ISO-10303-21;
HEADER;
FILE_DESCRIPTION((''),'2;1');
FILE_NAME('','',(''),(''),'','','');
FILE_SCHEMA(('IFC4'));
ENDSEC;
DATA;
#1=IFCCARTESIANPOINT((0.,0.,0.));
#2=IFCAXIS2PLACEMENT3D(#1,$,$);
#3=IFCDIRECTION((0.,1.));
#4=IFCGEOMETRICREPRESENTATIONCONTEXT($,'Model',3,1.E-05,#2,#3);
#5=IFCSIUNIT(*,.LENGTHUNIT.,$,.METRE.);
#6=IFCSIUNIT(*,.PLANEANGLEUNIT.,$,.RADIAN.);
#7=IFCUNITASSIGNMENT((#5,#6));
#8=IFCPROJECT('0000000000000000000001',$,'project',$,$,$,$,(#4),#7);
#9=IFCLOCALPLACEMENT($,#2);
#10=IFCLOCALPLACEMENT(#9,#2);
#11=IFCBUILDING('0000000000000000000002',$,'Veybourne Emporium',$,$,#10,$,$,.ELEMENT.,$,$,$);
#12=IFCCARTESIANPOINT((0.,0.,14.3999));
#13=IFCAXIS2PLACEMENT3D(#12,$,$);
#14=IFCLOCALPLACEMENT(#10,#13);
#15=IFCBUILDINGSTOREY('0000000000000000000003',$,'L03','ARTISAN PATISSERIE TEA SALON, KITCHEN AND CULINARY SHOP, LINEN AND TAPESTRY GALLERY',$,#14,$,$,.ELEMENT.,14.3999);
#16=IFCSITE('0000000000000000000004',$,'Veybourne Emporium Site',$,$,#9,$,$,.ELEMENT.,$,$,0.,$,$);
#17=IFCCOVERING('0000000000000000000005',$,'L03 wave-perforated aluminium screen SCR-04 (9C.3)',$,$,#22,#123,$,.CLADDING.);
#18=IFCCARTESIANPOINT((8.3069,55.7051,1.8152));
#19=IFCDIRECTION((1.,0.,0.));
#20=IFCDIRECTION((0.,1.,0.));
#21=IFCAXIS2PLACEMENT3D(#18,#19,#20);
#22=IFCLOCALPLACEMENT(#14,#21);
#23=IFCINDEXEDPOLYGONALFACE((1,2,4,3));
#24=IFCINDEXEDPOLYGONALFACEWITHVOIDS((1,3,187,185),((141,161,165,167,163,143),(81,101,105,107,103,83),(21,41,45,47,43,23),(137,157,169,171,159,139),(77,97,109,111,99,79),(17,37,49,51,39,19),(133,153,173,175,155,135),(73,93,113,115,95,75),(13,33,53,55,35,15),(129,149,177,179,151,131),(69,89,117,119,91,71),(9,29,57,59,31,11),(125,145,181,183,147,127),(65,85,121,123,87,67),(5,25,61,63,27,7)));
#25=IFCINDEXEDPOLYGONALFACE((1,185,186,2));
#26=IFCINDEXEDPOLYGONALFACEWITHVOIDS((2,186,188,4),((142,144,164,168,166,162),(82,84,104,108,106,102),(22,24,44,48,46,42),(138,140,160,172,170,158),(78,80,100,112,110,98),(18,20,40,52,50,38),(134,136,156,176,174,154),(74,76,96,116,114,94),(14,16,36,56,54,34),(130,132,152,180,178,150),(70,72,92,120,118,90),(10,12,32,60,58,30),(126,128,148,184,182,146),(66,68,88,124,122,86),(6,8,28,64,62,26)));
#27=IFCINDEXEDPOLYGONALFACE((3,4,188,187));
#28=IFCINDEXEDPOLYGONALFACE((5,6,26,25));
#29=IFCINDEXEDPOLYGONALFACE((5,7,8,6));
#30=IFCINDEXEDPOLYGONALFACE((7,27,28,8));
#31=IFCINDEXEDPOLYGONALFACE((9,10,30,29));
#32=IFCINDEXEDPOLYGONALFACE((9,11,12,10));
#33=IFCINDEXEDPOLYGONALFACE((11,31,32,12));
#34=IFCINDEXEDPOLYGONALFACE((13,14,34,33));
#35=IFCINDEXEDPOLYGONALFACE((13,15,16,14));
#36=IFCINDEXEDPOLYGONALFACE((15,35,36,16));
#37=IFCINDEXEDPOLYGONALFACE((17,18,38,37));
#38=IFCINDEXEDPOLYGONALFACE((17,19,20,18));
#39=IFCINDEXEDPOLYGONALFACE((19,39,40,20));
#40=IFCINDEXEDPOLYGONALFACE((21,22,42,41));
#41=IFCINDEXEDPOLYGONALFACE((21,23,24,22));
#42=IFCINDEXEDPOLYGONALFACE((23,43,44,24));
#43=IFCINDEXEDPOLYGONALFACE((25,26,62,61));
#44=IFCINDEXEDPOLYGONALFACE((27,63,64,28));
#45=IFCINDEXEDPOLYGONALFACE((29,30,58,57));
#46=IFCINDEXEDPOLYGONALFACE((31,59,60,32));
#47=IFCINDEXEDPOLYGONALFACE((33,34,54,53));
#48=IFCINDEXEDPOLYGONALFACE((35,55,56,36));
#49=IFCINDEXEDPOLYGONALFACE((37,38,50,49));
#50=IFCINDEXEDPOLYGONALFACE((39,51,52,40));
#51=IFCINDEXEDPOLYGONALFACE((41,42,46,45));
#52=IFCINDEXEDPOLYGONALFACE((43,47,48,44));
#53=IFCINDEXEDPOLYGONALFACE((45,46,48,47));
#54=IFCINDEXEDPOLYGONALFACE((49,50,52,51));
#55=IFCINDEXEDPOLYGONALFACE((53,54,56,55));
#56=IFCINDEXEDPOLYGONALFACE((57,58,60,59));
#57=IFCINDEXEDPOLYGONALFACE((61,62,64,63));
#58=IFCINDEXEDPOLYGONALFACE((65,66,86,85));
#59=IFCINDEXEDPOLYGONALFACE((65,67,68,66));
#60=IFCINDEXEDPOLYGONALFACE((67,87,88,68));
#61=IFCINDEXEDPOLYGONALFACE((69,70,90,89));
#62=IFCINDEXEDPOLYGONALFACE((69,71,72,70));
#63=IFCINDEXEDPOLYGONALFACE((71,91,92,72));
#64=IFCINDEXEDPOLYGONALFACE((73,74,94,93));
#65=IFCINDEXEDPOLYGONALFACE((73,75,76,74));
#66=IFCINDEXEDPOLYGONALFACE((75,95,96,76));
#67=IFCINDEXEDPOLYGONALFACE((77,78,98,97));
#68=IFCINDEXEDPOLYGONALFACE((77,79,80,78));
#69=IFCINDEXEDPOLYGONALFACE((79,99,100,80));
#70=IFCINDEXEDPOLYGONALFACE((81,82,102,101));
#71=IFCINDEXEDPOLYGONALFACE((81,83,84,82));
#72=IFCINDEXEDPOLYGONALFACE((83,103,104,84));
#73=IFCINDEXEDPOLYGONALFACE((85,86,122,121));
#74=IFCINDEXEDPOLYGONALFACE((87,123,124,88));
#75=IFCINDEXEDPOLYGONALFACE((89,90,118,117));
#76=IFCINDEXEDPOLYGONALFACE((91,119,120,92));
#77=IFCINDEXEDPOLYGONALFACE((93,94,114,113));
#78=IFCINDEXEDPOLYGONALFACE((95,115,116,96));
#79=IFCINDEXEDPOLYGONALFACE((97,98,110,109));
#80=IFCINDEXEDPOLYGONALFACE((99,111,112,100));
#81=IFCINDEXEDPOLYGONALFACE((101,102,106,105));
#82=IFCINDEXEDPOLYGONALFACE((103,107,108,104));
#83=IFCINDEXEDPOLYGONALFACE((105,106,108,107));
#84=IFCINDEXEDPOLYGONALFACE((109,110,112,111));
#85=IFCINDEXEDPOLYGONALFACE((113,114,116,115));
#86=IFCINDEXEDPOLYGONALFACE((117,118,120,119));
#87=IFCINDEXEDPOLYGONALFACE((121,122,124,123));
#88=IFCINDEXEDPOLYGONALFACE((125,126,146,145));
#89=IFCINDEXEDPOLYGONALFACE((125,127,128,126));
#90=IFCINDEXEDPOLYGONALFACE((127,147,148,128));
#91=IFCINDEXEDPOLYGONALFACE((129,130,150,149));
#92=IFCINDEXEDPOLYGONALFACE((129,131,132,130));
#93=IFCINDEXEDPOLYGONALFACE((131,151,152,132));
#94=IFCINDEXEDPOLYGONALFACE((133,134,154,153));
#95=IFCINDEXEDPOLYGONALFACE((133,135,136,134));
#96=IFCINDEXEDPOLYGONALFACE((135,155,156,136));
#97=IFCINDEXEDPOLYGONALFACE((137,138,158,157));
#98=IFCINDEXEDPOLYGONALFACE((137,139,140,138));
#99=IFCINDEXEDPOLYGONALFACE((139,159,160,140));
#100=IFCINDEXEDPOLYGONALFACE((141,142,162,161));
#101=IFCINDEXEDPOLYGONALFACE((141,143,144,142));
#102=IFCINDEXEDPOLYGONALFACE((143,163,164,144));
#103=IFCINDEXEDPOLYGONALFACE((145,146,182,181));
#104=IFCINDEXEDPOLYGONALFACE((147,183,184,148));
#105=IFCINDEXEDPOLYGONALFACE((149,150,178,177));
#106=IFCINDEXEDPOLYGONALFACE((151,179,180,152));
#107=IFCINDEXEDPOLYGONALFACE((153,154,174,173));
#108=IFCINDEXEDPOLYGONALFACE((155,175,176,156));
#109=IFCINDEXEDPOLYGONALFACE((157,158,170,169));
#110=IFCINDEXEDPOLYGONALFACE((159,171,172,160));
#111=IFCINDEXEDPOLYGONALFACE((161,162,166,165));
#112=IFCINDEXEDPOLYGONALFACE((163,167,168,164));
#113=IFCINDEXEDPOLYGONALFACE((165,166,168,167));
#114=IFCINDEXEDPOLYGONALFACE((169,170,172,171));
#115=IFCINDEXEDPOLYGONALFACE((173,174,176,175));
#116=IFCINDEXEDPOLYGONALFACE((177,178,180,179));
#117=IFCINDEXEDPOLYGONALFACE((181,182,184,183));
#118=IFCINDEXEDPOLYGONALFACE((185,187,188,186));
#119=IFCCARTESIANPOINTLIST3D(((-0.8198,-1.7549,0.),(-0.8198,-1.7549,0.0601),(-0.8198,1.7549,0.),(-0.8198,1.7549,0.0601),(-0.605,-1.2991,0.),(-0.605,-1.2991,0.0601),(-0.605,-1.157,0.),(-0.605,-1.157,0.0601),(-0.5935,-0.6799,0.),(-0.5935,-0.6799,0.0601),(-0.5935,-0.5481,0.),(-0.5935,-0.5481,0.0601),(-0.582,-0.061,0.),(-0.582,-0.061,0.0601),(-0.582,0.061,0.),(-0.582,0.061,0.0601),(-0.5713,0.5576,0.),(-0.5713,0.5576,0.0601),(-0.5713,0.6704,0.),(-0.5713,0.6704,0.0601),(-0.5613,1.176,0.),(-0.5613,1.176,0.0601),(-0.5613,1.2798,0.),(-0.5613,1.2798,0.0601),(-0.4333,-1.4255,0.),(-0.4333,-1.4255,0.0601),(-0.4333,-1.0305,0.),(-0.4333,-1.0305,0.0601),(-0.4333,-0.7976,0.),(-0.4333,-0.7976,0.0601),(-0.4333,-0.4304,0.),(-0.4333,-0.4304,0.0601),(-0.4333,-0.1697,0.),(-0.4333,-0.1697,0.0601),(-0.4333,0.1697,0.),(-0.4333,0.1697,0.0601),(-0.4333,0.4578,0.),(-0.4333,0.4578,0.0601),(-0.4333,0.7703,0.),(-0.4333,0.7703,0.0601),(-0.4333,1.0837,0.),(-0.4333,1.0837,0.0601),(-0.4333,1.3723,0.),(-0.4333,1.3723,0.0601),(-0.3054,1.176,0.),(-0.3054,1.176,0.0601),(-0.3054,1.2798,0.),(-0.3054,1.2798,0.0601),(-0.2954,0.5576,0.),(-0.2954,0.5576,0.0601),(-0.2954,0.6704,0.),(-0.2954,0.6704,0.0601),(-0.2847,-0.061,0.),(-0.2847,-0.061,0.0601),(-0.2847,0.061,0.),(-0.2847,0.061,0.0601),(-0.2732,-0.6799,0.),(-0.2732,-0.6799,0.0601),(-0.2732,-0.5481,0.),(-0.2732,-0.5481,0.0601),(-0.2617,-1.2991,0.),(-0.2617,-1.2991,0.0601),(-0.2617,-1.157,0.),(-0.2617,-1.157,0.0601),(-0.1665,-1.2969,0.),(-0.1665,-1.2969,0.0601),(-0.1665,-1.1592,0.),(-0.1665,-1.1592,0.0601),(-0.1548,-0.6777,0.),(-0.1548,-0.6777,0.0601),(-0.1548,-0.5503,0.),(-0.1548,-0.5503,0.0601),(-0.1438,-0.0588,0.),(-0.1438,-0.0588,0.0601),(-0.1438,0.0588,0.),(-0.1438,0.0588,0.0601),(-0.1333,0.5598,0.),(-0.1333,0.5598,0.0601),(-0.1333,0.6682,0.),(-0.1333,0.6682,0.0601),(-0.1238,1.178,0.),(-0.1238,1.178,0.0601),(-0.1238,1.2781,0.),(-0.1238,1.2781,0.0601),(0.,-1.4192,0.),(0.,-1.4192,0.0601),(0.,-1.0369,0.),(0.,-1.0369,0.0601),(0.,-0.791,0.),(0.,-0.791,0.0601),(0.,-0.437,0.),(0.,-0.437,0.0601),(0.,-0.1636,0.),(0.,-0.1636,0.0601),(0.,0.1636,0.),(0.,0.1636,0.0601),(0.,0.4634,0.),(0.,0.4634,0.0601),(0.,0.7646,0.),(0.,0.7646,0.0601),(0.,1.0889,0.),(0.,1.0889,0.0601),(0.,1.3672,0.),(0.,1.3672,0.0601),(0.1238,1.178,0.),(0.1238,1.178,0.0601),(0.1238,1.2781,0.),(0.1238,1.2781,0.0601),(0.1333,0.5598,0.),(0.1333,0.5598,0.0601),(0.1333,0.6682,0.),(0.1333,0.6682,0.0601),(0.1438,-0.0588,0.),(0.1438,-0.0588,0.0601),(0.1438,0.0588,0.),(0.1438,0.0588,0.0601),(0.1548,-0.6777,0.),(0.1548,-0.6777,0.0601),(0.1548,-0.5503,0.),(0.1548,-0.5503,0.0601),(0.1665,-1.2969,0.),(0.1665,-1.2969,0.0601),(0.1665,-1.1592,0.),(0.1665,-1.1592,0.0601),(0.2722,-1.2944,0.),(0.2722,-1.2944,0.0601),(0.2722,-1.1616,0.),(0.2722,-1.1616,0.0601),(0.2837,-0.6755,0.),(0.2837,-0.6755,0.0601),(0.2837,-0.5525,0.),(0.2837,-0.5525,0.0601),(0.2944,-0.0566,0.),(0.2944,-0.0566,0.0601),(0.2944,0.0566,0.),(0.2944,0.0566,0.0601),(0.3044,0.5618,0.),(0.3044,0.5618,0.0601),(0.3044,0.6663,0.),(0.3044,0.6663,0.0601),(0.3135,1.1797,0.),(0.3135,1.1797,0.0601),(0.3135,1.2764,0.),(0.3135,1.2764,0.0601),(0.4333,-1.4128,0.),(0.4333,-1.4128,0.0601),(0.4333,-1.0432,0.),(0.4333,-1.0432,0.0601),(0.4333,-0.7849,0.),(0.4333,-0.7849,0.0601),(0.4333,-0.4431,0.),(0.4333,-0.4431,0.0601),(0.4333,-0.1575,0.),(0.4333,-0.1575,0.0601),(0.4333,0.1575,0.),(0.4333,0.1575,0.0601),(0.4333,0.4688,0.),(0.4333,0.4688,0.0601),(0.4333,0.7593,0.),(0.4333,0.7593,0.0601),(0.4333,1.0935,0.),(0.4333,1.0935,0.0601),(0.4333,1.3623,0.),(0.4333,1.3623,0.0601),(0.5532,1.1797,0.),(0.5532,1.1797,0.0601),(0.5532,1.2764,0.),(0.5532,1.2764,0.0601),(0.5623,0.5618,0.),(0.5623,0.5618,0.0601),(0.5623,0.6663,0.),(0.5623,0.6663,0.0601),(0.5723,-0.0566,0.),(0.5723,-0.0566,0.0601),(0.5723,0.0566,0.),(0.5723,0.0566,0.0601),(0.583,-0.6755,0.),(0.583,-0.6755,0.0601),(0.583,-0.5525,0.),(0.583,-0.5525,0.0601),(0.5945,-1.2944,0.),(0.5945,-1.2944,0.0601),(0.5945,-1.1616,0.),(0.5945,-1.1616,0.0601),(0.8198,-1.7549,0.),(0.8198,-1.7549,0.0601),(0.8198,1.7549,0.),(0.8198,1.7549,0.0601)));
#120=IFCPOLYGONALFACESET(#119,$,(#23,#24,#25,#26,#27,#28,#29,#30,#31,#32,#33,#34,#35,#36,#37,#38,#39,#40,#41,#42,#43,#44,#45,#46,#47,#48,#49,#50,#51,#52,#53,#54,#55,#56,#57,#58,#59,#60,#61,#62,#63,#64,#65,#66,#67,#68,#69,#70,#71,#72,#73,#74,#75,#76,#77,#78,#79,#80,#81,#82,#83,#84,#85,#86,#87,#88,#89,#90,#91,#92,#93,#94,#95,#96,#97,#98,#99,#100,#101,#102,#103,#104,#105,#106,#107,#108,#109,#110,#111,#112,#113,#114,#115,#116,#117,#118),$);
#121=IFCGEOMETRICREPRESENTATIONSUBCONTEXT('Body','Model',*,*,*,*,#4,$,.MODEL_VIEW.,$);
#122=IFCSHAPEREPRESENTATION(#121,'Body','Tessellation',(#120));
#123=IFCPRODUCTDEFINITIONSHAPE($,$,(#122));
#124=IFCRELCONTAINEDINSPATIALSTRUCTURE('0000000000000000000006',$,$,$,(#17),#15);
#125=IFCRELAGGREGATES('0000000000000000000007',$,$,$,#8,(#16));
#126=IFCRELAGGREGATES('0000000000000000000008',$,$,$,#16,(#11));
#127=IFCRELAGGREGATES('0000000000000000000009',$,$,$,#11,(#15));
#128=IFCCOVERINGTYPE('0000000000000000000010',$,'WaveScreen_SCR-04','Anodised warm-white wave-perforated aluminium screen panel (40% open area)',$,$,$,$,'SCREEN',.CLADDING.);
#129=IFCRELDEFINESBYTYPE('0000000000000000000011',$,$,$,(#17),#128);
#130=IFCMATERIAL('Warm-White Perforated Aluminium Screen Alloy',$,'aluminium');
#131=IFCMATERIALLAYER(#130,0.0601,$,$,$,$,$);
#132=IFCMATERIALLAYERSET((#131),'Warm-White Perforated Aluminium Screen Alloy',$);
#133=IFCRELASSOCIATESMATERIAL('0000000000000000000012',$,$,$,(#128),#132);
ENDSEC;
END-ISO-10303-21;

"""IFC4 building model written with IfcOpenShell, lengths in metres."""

from ifc_helpers import new_model, si_unit, direction, frame, origin, place, context, subcontext, project, spatial, polyline, outline, extrude, material, layer, layer_set, type_object, element, save


model = new_model("IFC4")

# Units and contexts
model_context = context("Model", 3, precision=1e-05, world=origin(), true_north=direction((0.0, 1.0)))
body_context = subcontext(model_context, "Body", "Model", "MODEL_VIEW")
ifc_project = project(units=[si_unit("LENGTHUNIT", "METRE"), si_unit("PLANEANGLEUNIT", "RADIAN")], contexts=[model_context])

# Site, building, storey
site_placement = place(None, origin())
site = spatial("IfcSite", under=ifc_project, at=site_placement, Name="Veybourne Emporium Site", CompositionType="ELEMENT", RefElevation=0.0)
building_placement = place(site_placement, origin())
building = spatial("IfcBuilding", under=site, at=building_placement, Name="Veybourne Emporium", CompositionType="ELEMENT")
storey_placement = place(building_placement, frame((0.0, 0.0, 14.3999)))
storey = spatial("IfcBuildingStorey", under=building, at=storey_placement, Name="L03", Description="ARTISAN PATISSERIE TEA SALON, KITCHEN AND CULINARY SHOP, LINEN AND TAPESTRY GALLERY", CompositionType="ELEMENT", Elevation=14.3999)

# Covering
ifc_material_1 = material(Name="Warm-White Perforated Aluminium Screen Alloy", Category="aluminium")
ifc_layer_1 = layer(ifc_material_1, 0.0601)
ifc_layer_set_1 = layer_set([ifc_layer_1], Name="Warm-White Perforated Aluminium Screen Alloy")
covering_type_1 = type_object("IfcCoveringType", Name="WaveScreen_SCR-04", Description="Anodised warm-white wave-perforated aluminium screen panel (40% open area)", ElementType="SCREEN", PredefinedType="CLADDING", material=ifc_layer_set_1)
covering_1_placement = place(storey_placement, frame((8.3069, 55.7051, 1.8152), z_axis=(1.0, 0.0, 0.0), x_axis=(0.0, 1.0, 0.0)))
element("IfcCovering", 1, at=covering_1_placement, inside=storey, type_object=covering_type_1, Name="L03 wave-perforated aluminium screen SCR-04 (9C.3)", PredefinedType="CLADDING", context=body_context, shape_type="SweptSolid", body=[
    extrude(outline(polyline([(-0.8198, -1.7549), (0.8198, -1.7549), (0.8198, 1.7549), (-0.8198, 1.7549), (-0.8198, -1.7549)]), holes=[polyline([(-0.4333, -1.0305), (-0.2617, -1.157), (-0.2617, -1.2991), (-0.4333, -1.4255), (-0.605, -1.2991), (-0.605, -1.157), (-0.4333, -1.0305)]), polyline([(-0.4333, -0.4304), (-0.2732, -0.5481), (-0.2732, -0.6799), (-0.4333, -0.7976), (-0.5935, -0.6799), (-0.5935, -0.5481), (-0.4333, -0.4304)]), polyline([(-0.4333, 0.1697), (-0.2847, 0.061), (-0.2847, -0.061), (-0.4333, -0.1697), (-0.582, -0.061), (-0.582, 0.061), (-0.4333, 0.1697)]), polyline([(-0.4333, 0.7703), (-0.2954, 0.6704), (-0.2954, 0.5576), (-0.4333, 0.4578), (-0.5713, 0.5576), (-0.5713, 0.6704), (-0.4333, 0.7703)]), polyline([(-0.4333, 1.3723), (-0.3054, 1.2798), (-0.3054, 1.176), (-0.4333, 1.0837), (-0.5613, 1.176), (-0.5613, 1.2798), (-0.4333, 1.3723)]), polyline([(0.0, -1.0369), (0.1665, -1.1592), (0.1665, -1.2969), (0.0, -1.4192), (-0.1665, -1.2969), (-0.1665, -1.1592), (0.0, -1.0369)]), polyline([(0.0, -0.437), (0.1548, -0.5503), (0.1548, -0.6777), (0.0, -0.791), (-0.1548, -0.6777), (-0.1548, -0.5503), (0.0, -0.437)]), polyline([(0.0, 0.1636), (0.1438, 0.0588), (0.1438, -0.0588), (0.0, -0.1636), (-0.1438, -0.0588), (-0.1438, 0.0588), (0.0, 0.1636)]), polyline([(0.0, 0.7646), (0.1333, 0.6682), (0.1333, 0.5598), (0.0, 0.4634), (-0.1333, 0.5598), (-0.1333, 0.6682), (0.0, 0.7646)]), polyline([(0.0, 1.3672), (0.1238, 1.2781), (0.1238, 1.178), (0.0, 1.0889), (-0.1238, 1.178), (-0.1238, 1.2781), (0.0, 1.3672)]), polyline([(0.4333, -1.0432), (0.5945, -1.1616), (0.5945, -1.2944), (0.4333, -1.4128), (0.2722, -1.2944), (0.2722, -1.1616), (0.4333, -1.0432)]), polyline([(0.4333, -0.4431), (0.583, -0.5525), (0.583, -0.6755), (0.4333, -0.7849), (0.2837, -0.6755), (0.2837, -0.5525), (0.4333, -0.4431)]), polyline([(0.4333, 0.1575), (0.5723, 0.0566), (0.5723, -0.0566), (0.4333, -0.1575), (0.2944, -0.0566), (0.2944, 0.0566), (0.4333, 0.1575)]), polyline([(0.4333, 0.7593), (0.5623, 0.6663), (0.5623, 0.5618), (0.4333, 0.4688), (0.3044, 0.5618), (0.3044, 0.6663), (0.4333, 0.7593)]), polyline([(0.4333, 1.3623), (0.5532, 1.2764), (0.5532, 1.1797), (0.4333, 1.0935), (0.3135, 1.1797), (0.3135, 1.2764), (0.4333, 1.3623)])]), origin(), (0.0, 0.0, 1.0), 0.0601),
])

save(model, "model.ifc")
